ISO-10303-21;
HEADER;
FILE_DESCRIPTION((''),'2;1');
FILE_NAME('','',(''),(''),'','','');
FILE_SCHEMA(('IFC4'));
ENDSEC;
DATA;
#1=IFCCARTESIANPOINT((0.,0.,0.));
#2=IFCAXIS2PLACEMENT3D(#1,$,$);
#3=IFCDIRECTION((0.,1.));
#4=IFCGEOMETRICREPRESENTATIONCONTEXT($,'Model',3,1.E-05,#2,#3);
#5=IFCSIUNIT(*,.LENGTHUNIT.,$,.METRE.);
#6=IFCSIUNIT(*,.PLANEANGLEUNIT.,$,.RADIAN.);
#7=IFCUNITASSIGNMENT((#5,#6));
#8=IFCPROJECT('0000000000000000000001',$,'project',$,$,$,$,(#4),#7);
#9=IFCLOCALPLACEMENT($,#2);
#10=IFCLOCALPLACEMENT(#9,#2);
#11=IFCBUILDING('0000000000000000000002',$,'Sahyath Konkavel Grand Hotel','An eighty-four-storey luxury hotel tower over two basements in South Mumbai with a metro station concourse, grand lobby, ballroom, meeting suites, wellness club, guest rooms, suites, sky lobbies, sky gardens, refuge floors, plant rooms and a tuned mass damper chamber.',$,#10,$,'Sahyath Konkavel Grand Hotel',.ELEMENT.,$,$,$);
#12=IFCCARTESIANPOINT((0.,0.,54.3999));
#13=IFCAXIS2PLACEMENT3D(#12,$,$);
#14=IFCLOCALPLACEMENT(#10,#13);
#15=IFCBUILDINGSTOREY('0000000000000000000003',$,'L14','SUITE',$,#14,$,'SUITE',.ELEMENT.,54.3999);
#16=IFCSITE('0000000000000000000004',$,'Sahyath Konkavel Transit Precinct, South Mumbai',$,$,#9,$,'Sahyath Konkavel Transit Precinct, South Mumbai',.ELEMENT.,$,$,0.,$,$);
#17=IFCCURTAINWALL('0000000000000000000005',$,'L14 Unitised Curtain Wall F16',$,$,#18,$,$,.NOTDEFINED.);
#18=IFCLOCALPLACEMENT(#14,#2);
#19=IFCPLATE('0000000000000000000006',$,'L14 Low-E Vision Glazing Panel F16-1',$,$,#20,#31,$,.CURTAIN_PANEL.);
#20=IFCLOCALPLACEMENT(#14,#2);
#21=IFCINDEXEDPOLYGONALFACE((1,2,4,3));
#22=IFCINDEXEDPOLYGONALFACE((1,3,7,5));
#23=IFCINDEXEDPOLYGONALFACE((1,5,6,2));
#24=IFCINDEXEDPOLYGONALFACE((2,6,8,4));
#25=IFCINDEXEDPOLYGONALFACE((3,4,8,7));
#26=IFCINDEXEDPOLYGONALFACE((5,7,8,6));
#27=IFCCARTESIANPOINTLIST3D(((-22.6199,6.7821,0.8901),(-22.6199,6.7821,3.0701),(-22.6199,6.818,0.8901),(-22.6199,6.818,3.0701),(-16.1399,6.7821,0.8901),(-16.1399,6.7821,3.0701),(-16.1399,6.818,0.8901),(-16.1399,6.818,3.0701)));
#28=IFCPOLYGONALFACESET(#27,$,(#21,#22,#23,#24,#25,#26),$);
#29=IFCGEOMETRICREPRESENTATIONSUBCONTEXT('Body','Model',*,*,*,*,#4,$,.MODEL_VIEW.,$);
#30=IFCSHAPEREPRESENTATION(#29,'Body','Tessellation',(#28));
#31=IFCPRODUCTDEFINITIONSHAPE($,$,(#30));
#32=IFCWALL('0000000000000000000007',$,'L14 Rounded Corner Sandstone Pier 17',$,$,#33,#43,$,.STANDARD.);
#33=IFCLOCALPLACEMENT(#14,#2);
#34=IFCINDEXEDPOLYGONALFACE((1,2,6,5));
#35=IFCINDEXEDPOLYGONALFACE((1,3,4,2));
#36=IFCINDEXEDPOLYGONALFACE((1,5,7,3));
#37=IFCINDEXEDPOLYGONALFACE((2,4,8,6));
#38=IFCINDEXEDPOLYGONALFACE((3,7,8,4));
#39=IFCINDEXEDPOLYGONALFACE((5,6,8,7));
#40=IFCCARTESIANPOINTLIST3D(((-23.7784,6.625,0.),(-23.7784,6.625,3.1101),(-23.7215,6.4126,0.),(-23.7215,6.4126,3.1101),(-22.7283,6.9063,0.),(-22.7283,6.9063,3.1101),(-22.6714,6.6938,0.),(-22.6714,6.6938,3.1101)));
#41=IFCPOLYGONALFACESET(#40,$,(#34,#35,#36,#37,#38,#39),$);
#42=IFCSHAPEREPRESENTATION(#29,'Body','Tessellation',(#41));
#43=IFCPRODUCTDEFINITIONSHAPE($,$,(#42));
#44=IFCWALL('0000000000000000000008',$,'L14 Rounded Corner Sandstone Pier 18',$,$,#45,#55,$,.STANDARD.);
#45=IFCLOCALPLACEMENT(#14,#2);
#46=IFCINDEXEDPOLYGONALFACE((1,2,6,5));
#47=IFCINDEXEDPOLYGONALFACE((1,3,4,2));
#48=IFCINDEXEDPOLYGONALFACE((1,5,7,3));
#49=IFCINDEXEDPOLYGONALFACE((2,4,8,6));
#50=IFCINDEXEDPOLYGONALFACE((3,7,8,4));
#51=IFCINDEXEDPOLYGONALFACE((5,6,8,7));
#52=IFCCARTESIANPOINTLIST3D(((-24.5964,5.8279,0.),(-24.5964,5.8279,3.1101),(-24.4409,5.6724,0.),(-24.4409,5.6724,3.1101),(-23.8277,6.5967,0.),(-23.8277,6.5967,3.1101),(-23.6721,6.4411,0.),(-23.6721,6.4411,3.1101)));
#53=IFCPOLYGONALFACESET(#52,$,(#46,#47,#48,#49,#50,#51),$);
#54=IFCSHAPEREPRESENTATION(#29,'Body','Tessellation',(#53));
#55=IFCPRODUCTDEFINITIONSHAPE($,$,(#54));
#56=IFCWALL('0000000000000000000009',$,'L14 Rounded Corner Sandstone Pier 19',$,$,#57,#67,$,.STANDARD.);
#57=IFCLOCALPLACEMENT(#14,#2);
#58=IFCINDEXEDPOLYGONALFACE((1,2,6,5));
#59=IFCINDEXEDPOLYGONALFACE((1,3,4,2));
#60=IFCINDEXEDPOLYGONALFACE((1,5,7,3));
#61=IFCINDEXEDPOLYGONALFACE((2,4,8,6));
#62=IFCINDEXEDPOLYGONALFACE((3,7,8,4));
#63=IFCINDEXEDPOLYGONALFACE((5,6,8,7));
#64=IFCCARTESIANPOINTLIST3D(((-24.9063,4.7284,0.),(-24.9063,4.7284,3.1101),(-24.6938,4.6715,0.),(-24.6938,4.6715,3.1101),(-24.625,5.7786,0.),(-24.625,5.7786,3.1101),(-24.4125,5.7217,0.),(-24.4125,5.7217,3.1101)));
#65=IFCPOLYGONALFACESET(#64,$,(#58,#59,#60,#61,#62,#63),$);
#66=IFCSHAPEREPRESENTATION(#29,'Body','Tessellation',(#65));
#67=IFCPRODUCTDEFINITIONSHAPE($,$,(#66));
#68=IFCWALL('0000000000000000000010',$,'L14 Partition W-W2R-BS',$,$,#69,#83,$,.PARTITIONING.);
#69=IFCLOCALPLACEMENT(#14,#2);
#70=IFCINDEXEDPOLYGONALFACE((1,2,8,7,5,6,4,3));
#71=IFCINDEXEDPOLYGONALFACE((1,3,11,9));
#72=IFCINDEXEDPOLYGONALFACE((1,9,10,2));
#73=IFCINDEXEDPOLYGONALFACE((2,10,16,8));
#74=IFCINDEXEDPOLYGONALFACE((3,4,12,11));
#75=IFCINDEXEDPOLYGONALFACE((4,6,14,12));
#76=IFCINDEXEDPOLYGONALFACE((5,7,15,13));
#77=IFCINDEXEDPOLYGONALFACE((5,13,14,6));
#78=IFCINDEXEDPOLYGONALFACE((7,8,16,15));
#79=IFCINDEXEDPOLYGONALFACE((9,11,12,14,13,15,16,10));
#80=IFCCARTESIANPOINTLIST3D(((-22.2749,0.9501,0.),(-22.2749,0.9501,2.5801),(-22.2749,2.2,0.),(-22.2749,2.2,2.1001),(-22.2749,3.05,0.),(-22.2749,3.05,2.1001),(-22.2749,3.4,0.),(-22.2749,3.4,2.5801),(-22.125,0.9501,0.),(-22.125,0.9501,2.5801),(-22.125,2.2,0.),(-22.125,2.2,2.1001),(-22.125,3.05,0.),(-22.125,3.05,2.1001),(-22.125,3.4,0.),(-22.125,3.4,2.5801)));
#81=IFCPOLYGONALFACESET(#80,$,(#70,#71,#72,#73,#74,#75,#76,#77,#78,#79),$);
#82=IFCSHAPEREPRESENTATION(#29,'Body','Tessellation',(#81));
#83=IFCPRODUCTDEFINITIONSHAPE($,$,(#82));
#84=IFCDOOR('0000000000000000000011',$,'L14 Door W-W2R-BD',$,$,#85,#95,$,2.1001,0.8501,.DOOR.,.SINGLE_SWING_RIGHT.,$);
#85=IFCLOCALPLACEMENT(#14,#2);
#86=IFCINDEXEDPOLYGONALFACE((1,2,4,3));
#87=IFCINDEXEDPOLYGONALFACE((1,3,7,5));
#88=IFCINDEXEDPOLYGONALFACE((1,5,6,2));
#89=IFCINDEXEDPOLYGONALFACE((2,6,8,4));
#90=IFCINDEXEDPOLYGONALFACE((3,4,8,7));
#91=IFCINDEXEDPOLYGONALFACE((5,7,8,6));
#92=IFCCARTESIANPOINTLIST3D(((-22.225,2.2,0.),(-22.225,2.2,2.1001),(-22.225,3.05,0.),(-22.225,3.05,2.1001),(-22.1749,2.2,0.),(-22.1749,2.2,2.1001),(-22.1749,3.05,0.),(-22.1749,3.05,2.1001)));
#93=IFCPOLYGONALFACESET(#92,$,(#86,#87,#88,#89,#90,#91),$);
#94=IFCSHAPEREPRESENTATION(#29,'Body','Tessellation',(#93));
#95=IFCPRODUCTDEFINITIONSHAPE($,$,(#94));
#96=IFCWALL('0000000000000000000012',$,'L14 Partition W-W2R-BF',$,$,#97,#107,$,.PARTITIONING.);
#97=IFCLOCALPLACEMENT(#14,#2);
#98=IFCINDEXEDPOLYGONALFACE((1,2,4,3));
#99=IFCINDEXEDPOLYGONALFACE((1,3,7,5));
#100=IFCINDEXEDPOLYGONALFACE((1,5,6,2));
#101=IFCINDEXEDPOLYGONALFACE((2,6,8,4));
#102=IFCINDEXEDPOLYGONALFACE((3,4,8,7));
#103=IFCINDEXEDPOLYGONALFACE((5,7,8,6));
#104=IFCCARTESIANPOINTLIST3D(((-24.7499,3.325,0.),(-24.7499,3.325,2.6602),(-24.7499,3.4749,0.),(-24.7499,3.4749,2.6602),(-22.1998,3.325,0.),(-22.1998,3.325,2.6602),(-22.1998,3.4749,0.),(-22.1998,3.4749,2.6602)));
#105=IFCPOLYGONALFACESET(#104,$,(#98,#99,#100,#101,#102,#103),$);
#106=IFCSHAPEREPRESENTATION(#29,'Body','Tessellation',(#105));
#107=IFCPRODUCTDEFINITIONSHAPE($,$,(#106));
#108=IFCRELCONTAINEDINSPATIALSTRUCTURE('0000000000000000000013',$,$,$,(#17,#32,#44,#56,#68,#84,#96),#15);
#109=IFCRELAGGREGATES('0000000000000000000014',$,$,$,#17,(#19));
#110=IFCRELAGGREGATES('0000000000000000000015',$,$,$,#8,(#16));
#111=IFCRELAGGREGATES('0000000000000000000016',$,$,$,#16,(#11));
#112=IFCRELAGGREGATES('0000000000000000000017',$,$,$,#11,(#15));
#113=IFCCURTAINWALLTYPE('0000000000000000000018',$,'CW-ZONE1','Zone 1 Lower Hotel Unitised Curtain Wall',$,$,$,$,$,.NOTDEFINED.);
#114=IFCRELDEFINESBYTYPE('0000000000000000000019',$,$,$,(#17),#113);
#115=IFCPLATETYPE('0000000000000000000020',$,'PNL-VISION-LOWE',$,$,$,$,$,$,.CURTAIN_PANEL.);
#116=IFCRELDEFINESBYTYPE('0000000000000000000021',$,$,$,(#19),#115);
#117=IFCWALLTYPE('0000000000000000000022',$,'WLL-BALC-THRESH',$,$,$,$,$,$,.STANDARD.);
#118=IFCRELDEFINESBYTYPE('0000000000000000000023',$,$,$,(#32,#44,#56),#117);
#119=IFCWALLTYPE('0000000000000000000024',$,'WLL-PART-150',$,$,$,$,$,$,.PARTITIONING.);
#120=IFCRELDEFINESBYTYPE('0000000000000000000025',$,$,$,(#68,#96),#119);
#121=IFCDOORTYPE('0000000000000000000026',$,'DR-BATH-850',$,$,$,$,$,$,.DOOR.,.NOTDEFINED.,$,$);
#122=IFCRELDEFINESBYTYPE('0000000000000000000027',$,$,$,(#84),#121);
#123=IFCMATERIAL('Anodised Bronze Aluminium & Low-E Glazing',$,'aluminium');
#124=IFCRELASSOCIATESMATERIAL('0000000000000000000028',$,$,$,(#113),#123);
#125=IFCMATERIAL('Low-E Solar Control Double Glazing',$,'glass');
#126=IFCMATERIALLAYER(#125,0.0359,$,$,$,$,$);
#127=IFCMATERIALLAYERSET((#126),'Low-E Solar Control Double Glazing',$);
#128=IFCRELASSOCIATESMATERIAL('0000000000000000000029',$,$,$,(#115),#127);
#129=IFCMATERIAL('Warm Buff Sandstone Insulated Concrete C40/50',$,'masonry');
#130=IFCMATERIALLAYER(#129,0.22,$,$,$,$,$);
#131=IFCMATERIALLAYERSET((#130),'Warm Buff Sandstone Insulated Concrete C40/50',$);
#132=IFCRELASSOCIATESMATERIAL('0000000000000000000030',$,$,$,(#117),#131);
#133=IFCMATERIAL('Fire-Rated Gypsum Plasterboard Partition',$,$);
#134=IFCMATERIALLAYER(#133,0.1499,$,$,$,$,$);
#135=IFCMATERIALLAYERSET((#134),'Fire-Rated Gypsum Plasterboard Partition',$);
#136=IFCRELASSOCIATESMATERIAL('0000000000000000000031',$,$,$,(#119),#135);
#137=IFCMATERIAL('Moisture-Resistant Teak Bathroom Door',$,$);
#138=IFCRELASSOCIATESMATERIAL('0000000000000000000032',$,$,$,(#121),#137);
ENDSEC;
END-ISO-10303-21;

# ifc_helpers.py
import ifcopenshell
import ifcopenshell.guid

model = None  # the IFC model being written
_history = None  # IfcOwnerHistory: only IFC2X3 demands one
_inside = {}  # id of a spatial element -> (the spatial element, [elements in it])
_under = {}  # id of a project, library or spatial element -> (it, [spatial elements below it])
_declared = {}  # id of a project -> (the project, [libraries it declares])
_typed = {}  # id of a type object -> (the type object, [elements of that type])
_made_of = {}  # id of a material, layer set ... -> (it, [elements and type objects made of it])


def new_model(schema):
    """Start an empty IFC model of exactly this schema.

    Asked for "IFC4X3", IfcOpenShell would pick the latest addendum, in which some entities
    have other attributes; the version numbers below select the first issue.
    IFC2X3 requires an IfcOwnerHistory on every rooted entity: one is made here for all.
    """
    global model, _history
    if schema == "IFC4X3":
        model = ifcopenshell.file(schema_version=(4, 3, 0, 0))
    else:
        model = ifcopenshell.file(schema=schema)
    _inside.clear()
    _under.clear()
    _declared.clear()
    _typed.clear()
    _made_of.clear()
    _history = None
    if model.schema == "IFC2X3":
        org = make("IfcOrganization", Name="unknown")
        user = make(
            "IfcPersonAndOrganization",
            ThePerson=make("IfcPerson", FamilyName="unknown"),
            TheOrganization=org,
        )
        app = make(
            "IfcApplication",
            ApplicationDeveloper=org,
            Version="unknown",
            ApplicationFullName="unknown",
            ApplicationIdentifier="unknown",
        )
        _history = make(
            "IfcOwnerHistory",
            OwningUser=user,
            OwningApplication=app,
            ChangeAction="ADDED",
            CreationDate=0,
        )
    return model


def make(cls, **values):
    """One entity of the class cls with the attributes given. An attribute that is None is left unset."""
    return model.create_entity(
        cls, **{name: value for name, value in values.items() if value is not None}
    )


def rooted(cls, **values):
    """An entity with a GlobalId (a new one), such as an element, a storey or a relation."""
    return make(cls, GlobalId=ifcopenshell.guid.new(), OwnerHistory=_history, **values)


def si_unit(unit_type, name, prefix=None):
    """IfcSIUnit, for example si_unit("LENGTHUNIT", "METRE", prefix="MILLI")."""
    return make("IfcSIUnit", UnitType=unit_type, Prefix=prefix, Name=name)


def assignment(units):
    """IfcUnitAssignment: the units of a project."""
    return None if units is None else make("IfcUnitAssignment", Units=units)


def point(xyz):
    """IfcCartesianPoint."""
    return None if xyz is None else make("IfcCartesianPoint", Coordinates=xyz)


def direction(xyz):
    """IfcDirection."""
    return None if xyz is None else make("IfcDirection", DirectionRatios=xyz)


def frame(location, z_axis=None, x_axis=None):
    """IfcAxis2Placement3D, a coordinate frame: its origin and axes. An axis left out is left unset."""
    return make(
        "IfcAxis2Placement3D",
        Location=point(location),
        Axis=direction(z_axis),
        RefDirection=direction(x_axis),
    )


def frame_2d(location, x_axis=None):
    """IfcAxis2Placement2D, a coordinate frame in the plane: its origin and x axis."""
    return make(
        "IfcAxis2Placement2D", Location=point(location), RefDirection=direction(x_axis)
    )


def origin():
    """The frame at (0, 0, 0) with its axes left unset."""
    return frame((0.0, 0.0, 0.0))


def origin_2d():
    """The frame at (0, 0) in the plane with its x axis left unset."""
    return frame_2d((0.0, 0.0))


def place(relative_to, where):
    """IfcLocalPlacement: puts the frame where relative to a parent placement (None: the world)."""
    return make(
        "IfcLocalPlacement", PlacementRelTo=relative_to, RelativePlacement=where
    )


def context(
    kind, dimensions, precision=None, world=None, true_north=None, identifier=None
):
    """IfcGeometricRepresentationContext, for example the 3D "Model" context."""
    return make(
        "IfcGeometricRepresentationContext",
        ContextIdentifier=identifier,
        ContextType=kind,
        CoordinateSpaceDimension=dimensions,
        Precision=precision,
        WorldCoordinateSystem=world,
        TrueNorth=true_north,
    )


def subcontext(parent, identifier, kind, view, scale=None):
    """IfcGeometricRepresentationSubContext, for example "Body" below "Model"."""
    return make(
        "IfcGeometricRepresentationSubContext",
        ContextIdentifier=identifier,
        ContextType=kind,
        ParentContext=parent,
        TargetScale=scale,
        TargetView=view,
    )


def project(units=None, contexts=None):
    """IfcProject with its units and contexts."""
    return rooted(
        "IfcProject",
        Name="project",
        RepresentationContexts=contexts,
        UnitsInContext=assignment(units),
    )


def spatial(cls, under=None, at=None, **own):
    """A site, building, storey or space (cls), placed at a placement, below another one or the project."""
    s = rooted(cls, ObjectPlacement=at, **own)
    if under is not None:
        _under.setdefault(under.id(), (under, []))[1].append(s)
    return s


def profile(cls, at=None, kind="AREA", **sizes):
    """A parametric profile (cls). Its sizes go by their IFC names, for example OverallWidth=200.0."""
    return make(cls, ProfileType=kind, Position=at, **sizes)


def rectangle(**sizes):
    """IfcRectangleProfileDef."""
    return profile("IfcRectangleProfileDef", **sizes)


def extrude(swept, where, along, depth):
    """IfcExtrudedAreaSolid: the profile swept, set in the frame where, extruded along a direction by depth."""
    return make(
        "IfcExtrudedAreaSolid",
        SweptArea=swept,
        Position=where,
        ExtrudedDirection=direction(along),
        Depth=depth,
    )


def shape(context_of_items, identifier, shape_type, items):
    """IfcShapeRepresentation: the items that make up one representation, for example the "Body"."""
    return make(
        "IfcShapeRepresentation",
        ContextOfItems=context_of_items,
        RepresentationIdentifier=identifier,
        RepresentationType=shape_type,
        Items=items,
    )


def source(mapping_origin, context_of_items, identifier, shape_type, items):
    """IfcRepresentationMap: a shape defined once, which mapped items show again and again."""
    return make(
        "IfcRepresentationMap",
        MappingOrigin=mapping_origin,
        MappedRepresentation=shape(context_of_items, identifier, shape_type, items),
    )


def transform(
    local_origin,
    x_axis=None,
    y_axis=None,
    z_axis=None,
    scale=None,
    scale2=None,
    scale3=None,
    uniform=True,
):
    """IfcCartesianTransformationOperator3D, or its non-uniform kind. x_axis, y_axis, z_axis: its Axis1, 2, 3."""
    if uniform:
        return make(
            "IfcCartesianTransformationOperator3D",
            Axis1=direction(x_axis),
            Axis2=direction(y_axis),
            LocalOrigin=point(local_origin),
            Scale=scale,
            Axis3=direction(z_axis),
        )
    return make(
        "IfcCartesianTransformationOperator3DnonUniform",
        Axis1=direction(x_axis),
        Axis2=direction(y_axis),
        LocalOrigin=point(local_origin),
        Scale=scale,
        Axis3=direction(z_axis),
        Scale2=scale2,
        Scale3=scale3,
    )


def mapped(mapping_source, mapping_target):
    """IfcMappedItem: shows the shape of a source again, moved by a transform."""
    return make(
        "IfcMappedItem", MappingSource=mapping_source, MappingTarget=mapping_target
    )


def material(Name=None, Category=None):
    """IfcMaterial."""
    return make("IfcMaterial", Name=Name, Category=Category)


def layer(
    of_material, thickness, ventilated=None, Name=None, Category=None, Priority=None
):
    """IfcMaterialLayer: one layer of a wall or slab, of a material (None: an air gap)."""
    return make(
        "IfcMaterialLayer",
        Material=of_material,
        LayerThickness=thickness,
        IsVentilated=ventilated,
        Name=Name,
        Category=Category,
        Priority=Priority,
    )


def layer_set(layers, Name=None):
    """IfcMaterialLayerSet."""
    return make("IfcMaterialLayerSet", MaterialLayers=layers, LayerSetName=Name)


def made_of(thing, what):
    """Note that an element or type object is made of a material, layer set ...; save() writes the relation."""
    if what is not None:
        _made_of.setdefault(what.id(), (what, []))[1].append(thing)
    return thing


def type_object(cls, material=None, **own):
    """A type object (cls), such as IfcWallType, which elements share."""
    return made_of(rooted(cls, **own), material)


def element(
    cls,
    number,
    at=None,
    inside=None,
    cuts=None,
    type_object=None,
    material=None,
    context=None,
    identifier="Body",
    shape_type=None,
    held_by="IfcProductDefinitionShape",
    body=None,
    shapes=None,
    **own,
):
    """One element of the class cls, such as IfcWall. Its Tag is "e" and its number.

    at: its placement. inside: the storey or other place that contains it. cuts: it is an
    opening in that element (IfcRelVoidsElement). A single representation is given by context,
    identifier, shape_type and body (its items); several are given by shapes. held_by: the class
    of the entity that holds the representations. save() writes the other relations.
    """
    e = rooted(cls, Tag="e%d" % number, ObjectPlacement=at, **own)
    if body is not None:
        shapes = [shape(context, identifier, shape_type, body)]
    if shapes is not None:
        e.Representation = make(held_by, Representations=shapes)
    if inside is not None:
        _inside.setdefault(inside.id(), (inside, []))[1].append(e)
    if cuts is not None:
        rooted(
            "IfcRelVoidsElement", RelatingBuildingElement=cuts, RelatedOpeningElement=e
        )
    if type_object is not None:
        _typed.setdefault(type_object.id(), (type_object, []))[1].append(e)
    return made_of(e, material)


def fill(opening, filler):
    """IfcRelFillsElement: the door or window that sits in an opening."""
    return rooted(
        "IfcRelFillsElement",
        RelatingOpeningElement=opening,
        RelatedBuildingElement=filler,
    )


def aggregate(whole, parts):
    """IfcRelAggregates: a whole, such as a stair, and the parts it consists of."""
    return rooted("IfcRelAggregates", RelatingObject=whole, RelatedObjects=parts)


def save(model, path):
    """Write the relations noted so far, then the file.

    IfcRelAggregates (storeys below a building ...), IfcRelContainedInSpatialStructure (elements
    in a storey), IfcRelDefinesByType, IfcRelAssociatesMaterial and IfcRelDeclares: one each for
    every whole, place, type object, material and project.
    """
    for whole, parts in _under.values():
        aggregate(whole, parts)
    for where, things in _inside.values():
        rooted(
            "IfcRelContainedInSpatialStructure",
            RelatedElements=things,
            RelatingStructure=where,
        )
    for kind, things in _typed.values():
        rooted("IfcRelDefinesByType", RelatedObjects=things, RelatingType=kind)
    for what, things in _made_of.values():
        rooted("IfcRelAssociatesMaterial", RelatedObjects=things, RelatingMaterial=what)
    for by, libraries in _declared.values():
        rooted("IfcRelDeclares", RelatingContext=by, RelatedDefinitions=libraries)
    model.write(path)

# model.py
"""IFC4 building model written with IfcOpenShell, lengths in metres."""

from ifc_helpers import new_model, si_unit, direction, frame, frame_2d, origin, origin_2d, place, context, subcontext, project, spatial, rectangle, extrude, source, transform, mapped, material, layer, layer_set, type_object, element, fill, aggregate, save


model = new_model("IFC4")

# Units and contexts
model_context = context("Model", 3, precision=1e-05, world=origin(), true_north=direction((0.0, 1.0)))
body_context = subcontext(model_context, "Body", "Model", "MODEL_VIEW")
ifc_project = project(units=[si_unit("LENGTHUNIT", "METRE"), si_unit("PLANEANGLEUNIT", "RADIAN")], contexts=[model_context])

# Site, building, storey
site_placement = place(None, origin())
site = spatial("IfcSite", under=ifc_project, at=site_placement, Name="Sahyath Konkavel Transit Precinct, South Mumbai", LongName="Sahyath Konkavel Transit Precinct, South Mumbai", CompositionType="ELEMENT", RefElevation=0.0)
building_placement = place(site_placement, origin())
building = spatial("IfcBuilding", under=site, at=building_placement, Name="Sahyath Konkavel Grand Hotel", Description="An eighty-four-storey luxury hotel tower over two basements in South Mumbai with a metro station concourse, grand lobby, ballroom, meeting suites, wellness club, guest rooms, suites, sky lobbies, sky gardens, refuge floors, plant rooms and a tuned mass damper chamber.", LongName="Sahyath Konkavel Grand Hotel", CompositionType="ELEMENT")
storey_placement = place(building_placement, frame((0.0, 0.0, 54.3999)))
storey = spatial("IfcBuildingStorey", under=building, at=storey_placement, Name="L14", Description="SUITE", LongName="SUITE", CompositionType="ELEMENT", Elevation=54.3999)

# Curtain wall
ifc_material_1 = material(Name="Anodised Bronze Aluminium & Low-E Glazing", Category="aluminium")
curtain_wall_type = type_object("IfcCurtainWallType", Name="CW-ZONE1", Description="Zone 1 Lower Hotel Unitised Curtain Wall", PredefinedType="NOTDEFINED", material=ifc_material_1)
curtain_wall_1_placement = place(storey_placement, origin())
curtain_wall_1 = element("IfcCurtainWall", 1, at=curtain_wall_1_placement, inside=storey, type_object=curtain_wall_type, Name="L14 Unitised Curtain Wall F16", PredefinedType="NOTDEFINED")

# Plate
ifc_material_2 = material(Name="Low-E Solar Control Double Glazing", Category="glass")
ifc_layer_1 = layer(ifc_material_2, 0.0359)
ifc_layer_set_1 = layer_set([ifc_layer_1], Name="Low-E Solar Control Double Glazing")
plate_type_1 = type_object("IfcPlateType", Name="PNL-VISION-LOWE", PredefinedType="CURTAIN_PANEL", material=ifc_layer_set_1)
shared_shape_1 = source(origin(), body_context, "Body", "SweptSolid", [
    extrude(rectangle(XDim=6.48, YDim=0.0359, at=origin_2d()), origin(), (0.0, 0.0, 1.0), 2.1799),
])
plate_1_placement = place(storey_placement, frame((-19.3799, 6.8, 0.8901), z_axis=(0.0, 0.0, 1.0), x_axis=(-1.0, 0.0, 0.0)))
plate_1 = element("IfcPlate", 2, at=plate_1_placement, type_object=plate_type_1, Name="L14 Low-E Vision Glazing Panel F16-1", PredefinedType="CURTAIN_PANEL", context=body_context, shape_type="MappedRepresentation", body=[
    mapped(shared_shape_1, transform((0.0, 0.0, 0.0), scale=1.0)),
])
aggregate(curtain_wall_1, [plate_1])

# Walls
ifc_material_3 = material(Name="Warm Buff Sandstone Insulated Concrete C40/50", Category="masonry")
ifc_layer_2 = layer(ifc_material_3, 0.22)
ifc_layer_set_2 = layer_set([ifc_layer_2], Name="Warm Buff Sandstone Insulated Concrete C40/50")
wall_type_1 = type_object("IfcWallType", Name="WLL-BALC-THRESH", PredefinedType="STANDARD", material=ifc_layer_set_2)
for number, where, z_axis, x_axis, name in (
    (3, (-22.7, 6.8, 0.0), (0.0, 0.0, 1.0), (-0.965951, -0.258725, 0.0), "L14 Rounded Corner Sandstone Pier 17"),
    (4, (-23.75, 6.5188, 0.0), (0.0, 0.0, 1.0), (-0.707107, -0.707107, 0.0), "L14 Rounded Corner Sandstone Pier 18"),
    (5, (-24.5188, 5.75, 0.0), (0.0, 0.0, 1.0), (-0.258725, -0.965951, 0.0), "L14 Rounded Corner Sandstone Pier 19"),
):
    element("IfcWall", number, at=place(storey_placement, frame(where, z_axis=z_axis, x_axis=x_axis)), inside=storey, type_object=wall_type_1, Name=name, PredefinedType="STANDARD", context=body_context, shape_type="SweptSolid", body=[
        extrude(rectangle(XDim=1.0872, YDim=0.22, at=frame_2d((0.5435, 0.0))), origin(), (0.0, 0.0, 1.0), 3.1101),
    ])

# Wall, opening, door
ifc_material_4 = material(Name="Fire-Rated Gypsum Plasterboard Partition")
ifc_layer_3 = layer(ifc_material_4, 0.1499)
ifc_layer_set_3 = layer_set([ifc_layer_3], Name="Fire-Rated Gypsum Plasterboard Partition")
wall_type_2 = type_object("IfcWallType", Name="WLL-PART-150", PredefinedType="PARTITIONING", material=ifc_layer_set_3)
wall_1_placement = place(storey_placement, frame((-22.2, 0.95, 0.0), z_axis=(0.0, 0.0, 1.0), x_axis=(0.0, 1.0, 0.0)))
wall_1 = element("IfcWall", 6, at=wall_1_placement, inside=storey, type_object=wall_type_2, Name="L14 Partition W-W2R-BS", PredefinedType="PARTITIONING", context=body_context, shape_type="SweptSolid", body=[
    extrude(rectangle(XDim=2.45, YDim=0.1499, at=frame_2d((1.2251, 0.0))), origin(), (0.0, 0.0, 1.0), 2.5801),
])
opening_placement = place(wall_1_placement, frame((1.25, 0.0, 0.0)))
opening = element("IfcOpeningElement", 7, at=opening_placement, cuts=wall_1, PredefinedType="OPENING", context=body_context, shape_type="SweptSolid", body=[
    extrude(rectangle(XDim=0.8501, YDim=2.1001, at=frame_2d((0.425, 1.05))), frame((0.0, 0.085, 0.0), z_axis=(0.0, -1.0, 0.0), x_axis=(1.0, 0.0, 0.0)), (0.0, 0.0, 1.0), 0.1699),
])
ifc_material_5 = material(Name="Moisture-Resistant Teak Bathroom Door")
door_type = type_object("IfcDoorType", Name="DR-BATH-850", OperationType="NOTDEFINED", PredefinedType="DOOR", material=ifc_material_5)
shared_shape_2 = source(origin(), body_context, "Body", "SweptSolid", [
    extrude(rectangle(XDim=0.8501, YDim=0.05, at=origin_2d()), origin(), (0.0, 0.0, 1.0), 2.1001),
])
door_placement = place(opening_placement, frame((0.425, 0.0, 0.0)))
door = element("IfcDoor", 8, at=door_placement, inside=storey, type_object=door_type, Name="L14 Door W-W2R-BD", OperationType="SINGLE_SWING_RIGHT", OverallHeight=2.1001, OverallWidth=0.8501, PredefinedType="DOOR", context=body_context, shape_type="MappedRepresentation", body=[
    mapped(shared_shape_2, transform((0.0, 0.0, 0.0), scale=1.0)),
])
fill(opening, door)

# Wall
wall_2_placement = place(storey_placement, frame((-22.2, 3.3999, 0.0), z_axis=(0.0, 0.0, 1.0), x_axis=(-1.0, 0.0, 0.0)))
element("IfcWall", 9, at=wall_2_placement, inside=storey, type_object=wall_type_2, Name="L14 Partition W-W2R-BF", PredefinedType="PARTITIONING", context=body_context, shape_type="SweptSolid", body=[
    extrude(rectangle(XDim=2.55, YDim=0.1499, at=frame_2d((1.2749, 0.0))), origin(), (0.0, 0.0, 1.0), 2.6602),
])

save(model, "model.ifc")
